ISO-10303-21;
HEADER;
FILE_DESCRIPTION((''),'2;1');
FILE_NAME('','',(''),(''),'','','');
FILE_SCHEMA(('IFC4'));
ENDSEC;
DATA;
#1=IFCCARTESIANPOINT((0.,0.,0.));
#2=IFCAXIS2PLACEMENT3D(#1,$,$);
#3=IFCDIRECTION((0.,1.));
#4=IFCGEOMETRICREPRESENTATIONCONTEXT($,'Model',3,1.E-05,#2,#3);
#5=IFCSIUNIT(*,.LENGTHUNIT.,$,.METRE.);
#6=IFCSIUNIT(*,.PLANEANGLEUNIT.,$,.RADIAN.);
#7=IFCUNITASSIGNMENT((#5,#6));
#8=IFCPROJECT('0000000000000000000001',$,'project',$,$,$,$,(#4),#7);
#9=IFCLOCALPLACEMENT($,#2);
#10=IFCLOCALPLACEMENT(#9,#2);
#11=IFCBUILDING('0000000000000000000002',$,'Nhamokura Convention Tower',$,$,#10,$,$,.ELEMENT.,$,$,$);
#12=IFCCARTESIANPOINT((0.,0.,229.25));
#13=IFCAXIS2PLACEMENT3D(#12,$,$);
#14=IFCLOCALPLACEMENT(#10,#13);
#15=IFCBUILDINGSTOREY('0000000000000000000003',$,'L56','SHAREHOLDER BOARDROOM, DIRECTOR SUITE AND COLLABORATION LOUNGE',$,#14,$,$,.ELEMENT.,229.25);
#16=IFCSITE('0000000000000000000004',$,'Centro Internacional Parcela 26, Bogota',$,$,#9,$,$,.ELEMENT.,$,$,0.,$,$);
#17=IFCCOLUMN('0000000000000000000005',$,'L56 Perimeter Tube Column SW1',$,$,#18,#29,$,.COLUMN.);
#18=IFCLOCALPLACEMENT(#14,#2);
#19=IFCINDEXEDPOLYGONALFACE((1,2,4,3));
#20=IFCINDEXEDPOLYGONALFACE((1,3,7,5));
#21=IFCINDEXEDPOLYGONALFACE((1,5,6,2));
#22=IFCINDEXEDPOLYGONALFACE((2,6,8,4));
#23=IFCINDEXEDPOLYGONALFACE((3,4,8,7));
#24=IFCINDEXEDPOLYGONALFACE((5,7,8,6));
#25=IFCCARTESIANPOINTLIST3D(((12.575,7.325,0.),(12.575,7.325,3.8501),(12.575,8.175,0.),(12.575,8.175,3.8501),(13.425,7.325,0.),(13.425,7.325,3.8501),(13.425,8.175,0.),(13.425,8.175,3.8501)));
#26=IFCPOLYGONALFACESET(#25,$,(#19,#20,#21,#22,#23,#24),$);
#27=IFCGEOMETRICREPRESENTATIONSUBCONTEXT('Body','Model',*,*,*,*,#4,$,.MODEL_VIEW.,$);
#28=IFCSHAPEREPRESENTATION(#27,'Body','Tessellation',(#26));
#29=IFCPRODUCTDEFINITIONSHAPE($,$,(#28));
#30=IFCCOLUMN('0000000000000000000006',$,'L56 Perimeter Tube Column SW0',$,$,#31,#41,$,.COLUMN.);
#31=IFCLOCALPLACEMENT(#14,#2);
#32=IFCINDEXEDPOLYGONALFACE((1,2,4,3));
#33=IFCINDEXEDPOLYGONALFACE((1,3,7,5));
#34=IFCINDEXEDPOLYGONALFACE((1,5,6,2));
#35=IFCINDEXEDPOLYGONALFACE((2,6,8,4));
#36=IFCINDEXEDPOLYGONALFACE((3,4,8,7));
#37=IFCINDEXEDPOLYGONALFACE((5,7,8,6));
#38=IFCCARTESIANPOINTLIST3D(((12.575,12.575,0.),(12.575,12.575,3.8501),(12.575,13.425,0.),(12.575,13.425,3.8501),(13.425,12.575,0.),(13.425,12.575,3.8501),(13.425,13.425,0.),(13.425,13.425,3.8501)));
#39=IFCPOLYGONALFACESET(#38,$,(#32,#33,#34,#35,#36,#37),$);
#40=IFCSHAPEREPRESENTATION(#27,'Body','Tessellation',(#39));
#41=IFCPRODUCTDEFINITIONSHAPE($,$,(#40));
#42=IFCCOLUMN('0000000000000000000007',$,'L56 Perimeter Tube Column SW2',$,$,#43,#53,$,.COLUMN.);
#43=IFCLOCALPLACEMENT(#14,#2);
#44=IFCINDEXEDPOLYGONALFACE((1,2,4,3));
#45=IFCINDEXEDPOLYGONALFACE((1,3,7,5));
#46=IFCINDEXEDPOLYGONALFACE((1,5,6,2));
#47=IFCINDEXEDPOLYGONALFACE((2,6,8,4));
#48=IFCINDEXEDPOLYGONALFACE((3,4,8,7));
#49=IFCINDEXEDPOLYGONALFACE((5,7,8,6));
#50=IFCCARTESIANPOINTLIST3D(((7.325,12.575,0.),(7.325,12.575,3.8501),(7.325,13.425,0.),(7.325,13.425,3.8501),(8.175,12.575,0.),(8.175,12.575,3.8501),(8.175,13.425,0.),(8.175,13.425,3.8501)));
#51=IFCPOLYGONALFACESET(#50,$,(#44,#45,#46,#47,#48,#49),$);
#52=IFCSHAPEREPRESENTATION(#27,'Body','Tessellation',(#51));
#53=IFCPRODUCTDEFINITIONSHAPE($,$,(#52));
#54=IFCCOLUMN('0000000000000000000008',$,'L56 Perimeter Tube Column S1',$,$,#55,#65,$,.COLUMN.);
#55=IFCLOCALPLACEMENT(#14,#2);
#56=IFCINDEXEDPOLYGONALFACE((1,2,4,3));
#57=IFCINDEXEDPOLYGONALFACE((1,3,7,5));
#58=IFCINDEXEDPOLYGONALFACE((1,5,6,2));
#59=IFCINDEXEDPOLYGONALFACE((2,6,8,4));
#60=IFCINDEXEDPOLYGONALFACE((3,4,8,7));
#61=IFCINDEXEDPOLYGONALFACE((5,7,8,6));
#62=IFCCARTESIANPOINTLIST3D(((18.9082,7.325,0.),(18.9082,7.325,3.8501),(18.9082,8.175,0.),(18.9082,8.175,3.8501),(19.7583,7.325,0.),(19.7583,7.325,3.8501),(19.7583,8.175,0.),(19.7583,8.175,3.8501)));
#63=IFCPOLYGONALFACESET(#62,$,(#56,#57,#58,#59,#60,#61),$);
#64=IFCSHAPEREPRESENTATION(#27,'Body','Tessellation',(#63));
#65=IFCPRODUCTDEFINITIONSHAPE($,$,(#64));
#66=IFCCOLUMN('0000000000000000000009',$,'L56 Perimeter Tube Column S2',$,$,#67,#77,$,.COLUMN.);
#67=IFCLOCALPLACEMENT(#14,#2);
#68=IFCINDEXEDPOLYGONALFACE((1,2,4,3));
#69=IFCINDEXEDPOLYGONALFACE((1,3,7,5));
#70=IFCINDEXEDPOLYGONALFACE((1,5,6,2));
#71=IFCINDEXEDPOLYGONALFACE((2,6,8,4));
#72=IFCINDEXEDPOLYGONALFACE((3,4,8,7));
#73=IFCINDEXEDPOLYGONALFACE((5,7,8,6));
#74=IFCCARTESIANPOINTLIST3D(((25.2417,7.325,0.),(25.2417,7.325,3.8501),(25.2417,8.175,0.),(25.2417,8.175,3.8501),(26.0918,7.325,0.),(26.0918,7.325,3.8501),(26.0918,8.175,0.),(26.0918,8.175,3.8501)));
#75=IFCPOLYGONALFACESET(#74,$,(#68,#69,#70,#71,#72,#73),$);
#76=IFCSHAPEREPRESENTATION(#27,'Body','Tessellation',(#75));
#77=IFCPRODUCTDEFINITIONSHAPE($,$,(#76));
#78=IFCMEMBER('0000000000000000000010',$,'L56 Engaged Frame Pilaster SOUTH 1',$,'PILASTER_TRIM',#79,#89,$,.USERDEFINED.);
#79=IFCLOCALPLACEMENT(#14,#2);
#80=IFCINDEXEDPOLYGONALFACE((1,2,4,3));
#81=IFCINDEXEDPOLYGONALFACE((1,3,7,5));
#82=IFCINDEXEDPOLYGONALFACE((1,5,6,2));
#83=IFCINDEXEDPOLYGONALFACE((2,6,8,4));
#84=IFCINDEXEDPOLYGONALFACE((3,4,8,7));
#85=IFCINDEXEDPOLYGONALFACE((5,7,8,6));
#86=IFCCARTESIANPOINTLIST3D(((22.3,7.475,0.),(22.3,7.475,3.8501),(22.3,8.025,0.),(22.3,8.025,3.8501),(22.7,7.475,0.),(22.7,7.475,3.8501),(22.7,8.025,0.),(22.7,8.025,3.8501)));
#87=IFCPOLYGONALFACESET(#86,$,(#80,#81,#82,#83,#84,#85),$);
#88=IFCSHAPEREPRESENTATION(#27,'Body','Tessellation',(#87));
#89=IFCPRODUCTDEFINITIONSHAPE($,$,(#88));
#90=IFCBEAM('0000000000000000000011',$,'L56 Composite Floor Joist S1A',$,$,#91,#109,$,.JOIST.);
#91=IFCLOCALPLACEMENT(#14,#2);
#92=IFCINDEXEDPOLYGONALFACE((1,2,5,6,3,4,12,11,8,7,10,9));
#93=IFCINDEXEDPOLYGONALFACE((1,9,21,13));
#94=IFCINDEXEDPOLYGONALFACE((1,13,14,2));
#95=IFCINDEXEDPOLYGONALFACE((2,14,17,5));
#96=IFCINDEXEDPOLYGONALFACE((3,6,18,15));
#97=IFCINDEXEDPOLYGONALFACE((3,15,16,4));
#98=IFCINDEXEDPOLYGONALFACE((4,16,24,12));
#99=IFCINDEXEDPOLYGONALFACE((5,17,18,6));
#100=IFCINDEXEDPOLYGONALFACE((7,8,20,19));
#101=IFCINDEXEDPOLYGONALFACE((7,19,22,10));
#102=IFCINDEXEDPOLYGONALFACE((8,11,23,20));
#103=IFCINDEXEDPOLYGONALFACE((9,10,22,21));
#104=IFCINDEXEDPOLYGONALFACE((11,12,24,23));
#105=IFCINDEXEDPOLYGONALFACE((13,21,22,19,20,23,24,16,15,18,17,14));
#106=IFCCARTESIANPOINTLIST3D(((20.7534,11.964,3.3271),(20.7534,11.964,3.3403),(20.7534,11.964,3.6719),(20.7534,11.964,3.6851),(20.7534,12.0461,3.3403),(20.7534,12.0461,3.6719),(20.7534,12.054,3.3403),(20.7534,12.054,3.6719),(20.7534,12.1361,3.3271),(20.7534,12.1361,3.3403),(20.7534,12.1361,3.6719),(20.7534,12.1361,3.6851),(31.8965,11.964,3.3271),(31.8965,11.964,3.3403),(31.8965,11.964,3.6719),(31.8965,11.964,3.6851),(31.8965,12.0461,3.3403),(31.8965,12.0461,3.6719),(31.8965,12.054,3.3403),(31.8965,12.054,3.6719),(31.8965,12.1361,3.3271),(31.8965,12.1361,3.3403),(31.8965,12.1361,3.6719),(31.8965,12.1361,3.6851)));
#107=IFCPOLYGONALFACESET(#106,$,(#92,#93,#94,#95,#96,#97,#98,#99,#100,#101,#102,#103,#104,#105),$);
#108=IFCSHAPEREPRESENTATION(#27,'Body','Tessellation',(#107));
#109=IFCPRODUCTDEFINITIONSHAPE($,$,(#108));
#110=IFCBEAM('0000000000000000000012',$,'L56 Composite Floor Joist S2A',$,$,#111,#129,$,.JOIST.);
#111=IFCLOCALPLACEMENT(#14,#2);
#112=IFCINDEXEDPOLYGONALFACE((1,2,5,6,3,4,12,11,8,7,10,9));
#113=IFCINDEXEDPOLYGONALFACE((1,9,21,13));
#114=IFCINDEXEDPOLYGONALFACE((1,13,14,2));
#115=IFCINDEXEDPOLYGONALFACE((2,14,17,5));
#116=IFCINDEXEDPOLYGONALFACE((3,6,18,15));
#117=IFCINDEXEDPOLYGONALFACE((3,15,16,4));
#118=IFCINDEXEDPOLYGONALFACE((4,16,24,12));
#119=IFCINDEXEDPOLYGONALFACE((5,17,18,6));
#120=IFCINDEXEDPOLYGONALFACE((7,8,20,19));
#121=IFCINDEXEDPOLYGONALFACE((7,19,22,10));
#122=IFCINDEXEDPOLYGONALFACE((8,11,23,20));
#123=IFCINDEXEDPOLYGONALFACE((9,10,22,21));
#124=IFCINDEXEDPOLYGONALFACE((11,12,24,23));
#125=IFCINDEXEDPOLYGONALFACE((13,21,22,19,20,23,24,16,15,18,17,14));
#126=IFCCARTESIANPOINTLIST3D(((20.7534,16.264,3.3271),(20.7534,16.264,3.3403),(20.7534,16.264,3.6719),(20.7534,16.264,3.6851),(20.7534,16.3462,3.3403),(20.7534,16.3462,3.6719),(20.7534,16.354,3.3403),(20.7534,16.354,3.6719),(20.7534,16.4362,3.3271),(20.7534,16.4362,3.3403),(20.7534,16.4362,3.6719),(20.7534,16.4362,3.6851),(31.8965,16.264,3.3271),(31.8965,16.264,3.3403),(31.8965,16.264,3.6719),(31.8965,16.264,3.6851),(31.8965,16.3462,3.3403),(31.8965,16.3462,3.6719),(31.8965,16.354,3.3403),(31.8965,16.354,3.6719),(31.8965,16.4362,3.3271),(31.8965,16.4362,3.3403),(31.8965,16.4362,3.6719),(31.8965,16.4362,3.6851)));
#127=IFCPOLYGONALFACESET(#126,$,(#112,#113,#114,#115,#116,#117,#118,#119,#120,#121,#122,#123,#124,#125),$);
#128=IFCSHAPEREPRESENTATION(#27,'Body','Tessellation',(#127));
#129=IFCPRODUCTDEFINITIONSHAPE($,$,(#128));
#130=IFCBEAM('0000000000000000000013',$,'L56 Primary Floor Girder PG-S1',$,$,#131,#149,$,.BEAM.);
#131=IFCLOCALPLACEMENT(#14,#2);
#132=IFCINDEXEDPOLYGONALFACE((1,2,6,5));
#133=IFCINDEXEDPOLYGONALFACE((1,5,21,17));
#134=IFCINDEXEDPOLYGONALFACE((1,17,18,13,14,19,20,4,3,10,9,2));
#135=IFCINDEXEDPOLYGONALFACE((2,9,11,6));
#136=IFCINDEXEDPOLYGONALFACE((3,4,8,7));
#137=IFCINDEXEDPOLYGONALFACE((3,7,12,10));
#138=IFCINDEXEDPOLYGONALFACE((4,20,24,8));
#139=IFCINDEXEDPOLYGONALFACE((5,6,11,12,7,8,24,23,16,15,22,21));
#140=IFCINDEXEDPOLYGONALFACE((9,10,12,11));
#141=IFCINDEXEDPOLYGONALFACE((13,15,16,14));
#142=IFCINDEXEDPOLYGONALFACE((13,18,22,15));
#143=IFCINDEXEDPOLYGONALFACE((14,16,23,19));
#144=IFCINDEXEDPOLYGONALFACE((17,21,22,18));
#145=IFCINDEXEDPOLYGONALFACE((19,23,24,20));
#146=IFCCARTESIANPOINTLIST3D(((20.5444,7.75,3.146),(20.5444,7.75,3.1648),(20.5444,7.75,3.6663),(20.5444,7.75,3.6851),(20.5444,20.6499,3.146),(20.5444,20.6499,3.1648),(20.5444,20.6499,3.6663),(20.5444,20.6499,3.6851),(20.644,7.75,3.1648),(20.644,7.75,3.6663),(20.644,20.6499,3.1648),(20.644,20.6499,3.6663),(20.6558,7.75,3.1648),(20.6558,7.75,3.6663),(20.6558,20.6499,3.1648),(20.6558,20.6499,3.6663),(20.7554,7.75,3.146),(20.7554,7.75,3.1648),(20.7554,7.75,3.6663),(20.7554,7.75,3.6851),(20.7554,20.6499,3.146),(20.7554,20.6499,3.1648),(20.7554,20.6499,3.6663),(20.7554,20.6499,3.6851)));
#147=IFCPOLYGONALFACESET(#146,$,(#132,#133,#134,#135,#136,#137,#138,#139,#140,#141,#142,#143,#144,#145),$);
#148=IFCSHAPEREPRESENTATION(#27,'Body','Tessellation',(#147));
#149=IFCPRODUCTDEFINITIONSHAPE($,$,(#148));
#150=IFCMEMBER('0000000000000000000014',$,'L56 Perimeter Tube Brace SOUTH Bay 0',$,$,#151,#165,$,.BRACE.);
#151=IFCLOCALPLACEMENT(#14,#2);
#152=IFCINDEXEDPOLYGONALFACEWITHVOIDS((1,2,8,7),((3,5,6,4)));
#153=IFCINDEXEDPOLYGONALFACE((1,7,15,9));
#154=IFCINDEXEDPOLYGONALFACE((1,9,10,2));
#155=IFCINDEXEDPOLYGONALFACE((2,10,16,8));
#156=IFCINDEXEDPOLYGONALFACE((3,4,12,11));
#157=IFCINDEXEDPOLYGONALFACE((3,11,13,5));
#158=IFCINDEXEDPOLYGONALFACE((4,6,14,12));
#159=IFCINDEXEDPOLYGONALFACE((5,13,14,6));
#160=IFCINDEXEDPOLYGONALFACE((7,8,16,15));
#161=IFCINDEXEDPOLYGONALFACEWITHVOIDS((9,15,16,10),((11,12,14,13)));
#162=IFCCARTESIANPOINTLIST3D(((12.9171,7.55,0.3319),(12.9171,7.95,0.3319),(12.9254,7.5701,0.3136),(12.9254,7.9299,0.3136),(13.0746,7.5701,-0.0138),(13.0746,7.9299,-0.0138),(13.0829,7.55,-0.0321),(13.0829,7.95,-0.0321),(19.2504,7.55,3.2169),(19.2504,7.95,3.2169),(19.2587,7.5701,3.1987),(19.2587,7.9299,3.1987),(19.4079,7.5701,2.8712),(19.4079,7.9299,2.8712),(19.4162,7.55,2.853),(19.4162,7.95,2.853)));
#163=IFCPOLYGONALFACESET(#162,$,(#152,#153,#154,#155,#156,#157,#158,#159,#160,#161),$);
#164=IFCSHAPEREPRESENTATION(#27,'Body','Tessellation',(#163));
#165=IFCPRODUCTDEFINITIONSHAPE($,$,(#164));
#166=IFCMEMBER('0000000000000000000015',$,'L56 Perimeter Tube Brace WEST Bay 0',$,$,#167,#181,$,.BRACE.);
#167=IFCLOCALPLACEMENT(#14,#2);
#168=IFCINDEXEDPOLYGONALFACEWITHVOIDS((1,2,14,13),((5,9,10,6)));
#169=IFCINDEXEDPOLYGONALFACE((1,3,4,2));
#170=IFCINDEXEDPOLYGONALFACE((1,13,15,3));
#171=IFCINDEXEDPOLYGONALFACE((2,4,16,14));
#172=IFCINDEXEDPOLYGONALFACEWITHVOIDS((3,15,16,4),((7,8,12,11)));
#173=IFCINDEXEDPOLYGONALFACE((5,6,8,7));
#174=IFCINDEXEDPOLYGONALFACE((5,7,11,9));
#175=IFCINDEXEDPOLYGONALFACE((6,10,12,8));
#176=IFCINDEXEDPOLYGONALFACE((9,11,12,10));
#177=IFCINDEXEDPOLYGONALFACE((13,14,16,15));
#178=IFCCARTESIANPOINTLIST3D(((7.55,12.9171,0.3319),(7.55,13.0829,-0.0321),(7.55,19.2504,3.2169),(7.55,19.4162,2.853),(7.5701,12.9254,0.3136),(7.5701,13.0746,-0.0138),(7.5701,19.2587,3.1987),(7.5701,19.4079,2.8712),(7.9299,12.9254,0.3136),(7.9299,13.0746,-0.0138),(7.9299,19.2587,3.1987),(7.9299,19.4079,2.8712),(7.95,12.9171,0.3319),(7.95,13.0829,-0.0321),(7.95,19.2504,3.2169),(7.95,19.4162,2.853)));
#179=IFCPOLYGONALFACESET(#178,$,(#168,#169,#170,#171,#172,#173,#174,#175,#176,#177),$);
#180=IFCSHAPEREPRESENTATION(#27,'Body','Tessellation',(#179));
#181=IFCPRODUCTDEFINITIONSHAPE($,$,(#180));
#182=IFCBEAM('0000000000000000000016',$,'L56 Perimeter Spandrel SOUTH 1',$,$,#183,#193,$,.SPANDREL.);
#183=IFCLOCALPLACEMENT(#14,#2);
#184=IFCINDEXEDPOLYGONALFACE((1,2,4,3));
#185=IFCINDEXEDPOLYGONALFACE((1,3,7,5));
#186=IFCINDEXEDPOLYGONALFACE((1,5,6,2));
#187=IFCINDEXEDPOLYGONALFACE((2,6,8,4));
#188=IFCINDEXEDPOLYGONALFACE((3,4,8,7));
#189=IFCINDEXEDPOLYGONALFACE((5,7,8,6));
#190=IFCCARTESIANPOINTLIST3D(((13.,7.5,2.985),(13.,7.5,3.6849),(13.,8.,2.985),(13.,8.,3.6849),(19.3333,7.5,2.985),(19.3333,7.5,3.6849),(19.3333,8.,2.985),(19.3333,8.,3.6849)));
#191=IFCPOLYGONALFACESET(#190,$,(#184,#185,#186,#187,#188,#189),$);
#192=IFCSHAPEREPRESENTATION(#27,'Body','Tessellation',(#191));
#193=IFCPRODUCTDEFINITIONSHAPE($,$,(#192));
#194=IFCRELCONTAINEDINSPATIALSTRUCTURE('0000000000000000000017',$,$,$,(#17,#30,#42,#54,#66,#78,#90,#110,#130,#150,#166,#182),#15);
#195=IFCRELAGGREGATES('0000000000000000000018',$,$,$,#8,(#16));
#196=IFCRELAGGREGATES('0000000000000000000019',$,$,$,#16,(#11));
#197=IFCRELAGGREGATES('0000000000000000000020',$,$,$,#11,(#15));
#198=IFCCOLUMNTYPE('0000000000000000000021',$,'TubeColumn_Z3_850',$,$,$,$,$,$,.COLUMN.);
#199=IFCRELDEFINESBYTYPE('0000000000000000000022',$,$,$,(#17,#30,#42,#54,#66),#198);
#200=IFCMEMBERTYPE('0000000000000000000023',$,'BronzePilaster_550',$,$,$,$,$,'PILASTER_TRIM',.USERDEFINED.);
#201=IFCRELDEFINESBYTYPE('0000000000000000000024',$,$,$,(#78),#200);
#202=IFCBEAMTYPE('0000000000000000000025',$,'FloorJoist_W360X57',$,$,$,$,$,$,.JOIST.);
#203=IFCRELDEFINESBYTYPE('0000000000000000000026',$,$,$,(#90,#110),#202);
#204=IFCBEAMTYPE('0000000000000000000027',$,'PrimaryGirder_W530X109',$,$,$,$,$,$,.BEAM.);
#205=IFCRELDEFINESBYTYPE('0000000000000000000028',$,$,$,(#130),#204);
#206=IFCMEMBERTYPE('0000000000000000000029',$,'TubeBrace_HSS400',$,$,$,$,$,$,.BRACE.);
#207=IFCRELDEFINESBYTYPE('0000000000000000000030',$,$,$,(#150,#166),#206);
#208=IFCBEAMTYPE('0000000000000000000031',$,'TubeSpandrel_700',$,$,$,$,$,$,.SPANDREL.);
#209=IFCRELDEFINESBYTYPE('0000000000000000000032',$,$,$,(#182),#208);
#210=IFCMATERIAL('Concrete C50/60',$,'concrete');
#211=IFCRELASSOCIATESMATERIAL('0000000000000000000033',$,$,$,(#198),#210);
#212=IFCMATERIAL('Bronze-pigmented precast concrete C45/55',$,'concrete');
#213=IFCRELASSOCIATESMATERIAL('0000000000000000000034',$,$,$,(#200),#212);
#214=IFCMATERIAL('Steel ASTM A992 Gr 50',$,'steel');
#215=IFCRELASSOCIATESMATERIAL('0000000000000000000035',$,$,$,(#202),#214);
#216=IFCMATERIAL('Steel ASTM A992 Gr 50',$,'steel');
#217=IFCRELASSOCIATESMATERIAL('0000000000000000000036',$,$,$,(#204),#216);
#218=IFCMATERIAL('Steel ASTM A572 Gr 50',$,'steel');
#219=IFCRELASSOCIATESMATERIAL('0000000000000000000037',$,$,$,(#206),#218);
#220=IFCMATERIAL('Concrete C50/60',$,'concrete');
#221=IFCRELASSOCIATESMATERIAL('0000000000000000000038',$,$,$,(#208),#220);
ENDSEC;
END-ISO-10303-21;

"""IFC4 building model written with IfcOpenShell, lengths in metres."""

from ifc_helpers import new_model, si_unit, direction, frame, origin, origin_2d, place, context, subcontext, project, spatial, rectangle, hollow_rectangle, i_section, extrude, material, material_profile, profile_set, type_object, element, save


model = new_model("IFC4")

# Units and contexts
model_context = context("Model", 3, precision=1e-05, world=origin(), true_north=direction((0.0, 1.0)))
body_context = subcontext(model_context, "Body", "Model", "MODEL_VIEW")
ifc_project = project(units=[si_unit("LENGTHUNIT", "METRE"), si_unit("PLANEANGLEUNIT", "RADIAN")], contexts=[model_context])

# Site, building, storey
site_placement = place(None, origin())
site = spatial("IfcSite", under=ifc_project, at=site_placement, Name="Centro Internacional Parcela 26, Bogota", CompositionType="ELEMENT", RefElevation=0.0)
building_placement = place(site_placement, origin())
building = spatial("IfcBuilding", under=site, at=building_placement, Name="Nhamokura Convention Tower", CompositionType="ELEMENT")
storey_placement = place(building_placement, frame((0.0, 0.0, 229.25)))
storey = spatial("IfcBuildingStorey", under=building, at=storey_placement, Name="L56", Description="SHAREHOLDER BOARDROOM, DIRECTOR SUITE AND COLLABORATION LOUNGE", CompositionType="ELEMENT", Elevation=229.25)

# Columns
ifc_material_1 = material(Name="Concrete C50/60", Category="concrete")
ifc_material_profile_1 = material_profile(ifc_material_1, rectangle(XDim=0.8501, YDim=0.8501, at=origin_2d()))
ifc_profile_set_1 = profile_set([ifc_material_profile_1], Name="Concrete C50/60")
column_type = type_object("IfcColumnType", Name="TubeColumn_Z3_850", PredefinedType="COLUMN", material=ifc_profile_set_1)
for number, where, z_axis, x_axis, name in (
    (1, (13.0, 7.75, 0.0), (0.0, 0.0, 1.0), (1.0, 0.0, 0.0), "L56 Perimeter Tube Column SW1"),
    (2, (13.0, 13.0, 0.0), (0.0, 0.0, 1.0), (1.0, 0.0, 0.0), "L56 Perimeter Tube Column SW0"),
    (3, (7.75, 13.0, 0.0), (0.0, 0.0, 1.0), (1.0, 0.0, 0.0), "L56 Perimeter Tube Column SW2"),
    (4, (19.3333, 7.75, 0.0), (0.0, 0.0, 1.0), (1.0, 0.0, 0.0), "L56 Perimeter Tube Column S1"),
    (5, (25.6667, 7.75, 0.0), (0.0, 0.0, 1.0), (1.0, 0.0, 0.0), "L56 Perimeter Tube Column S2"),
):
    element("IfcColumn", number, at=place(storey_placement, frame(where, z_axis=z_axis, x_axis=x_axis)), inside=storey, type_object=column_type, Name=name, PredefinedType="COLUMN", context=body_context, shape_type="SweptSolid", body=[
        extrude(rectangle(XDim=0.8501, YDim=0.8501, at=origin_2d()), origin(), (0.0, 0.0, 1.0), 3.8501),
    ])

# Member
ifc_material_2 = material(Name="Bronze-pigmented precast concrete C45/55", Category="concrete")
ifc_material_profile_2 = material_profile(ifc_material_2, rectangle(XDim=0.3999, YDim=0.55, at=origin_2d()))
ifc_profile_set_2 = profile_set([ifc_material_profile_2], Name="Bronze-pigmented precast concrete C45/55")
member_type_1 = type_object("IfcMemberType", Name="BronzePilaster_550", ElementType="PILASTER_TRIM", PredefinedType="USERDEFINED", material=ifc_profile_set_2)
member_placement = place(storey_placement, frame((22.5, 7.75, 0.0), z_axis=(0.0, 0.0, 1.0), x_axis=(1.0, 0.0, 0.0)))
element("IfcMember", 6, at=member_placement, inside=storey, type_object=member_type_1, Name="L56 Engaged Frame Pilaster SOUTH 1", ObjectType="PILASTER_TRIM", PredefinedType="USERDEFINED", context=body_context, shape_type="SweptSolid", body=[
    extrude(rectangle(XDim=0.3999, YDim=0.55, at=origin_2d()), origin(), (0.0, 0.0, 1.0), 3.8501),
])

# Beams
ifc_material_3 = material(Name="Steel ASTM A992 Gr 50", Category="steel")
ifc_material_profile_3 = material_profile(ifc_material_3, i_section(OverallWidth=0.1721, OverallDepth=0.3579, WebThickness=0.0078, FlangeThickness=0.0132, at=origin_2d()))
ifc_profile_set_3 = profile_set([ifc_material_profile_3], Name="Steel ASTM A992 Gr 50")
beam_type_1 = type_object("IfcBeamType", Name="FloorJoist_W360X57", PredefinedType="JOIST", material=ifc_profile_set_3)
for number, where, z_axis, x_axis, name in (
    (7, (20.7534, 12.05, 3.5061), (1.0, 0.0, 0.0), (0.0, 1.0, 0.0), "L56 Composite Floor Joist S1A"),
    (8, (20.7534, 16.3501, 3.5061), (1.0, 0.0, 0.0), (0.0, 1.0, 0.0), "L56 Composite Floor Joist S2A"),
):
    element("IfcBeam", number, at=place(storey_placement, frame(where, z_axis=z_axis, x_axis=x_axis)), inside=storey, type_object=beam_type_1, Name=name, PredefinedType="JOIST", context=body_context, shape_type="SweptSolid", body=[
        extrude(i_section(OverallWidth=0.1721, OverallDepth=0.3579, WebThickness=0.0078, FlangeThickness=0.0132, at=origin_2d()), origin(), (0.0, 0.0, 1.0), 11.1431),
    ])
ifc_material_4 = material(Name="Steel ASTM A992 Gr 50", Category="steel")
ifc_material_profile_4 = material_profile(ifc_material_4, i_section(OverallWidth=0.2109, OverallDepth=0.5391, WebThickness=0.0117, FlangeThickness=0.0188, at=origin_2d()))
ifc_profile_set_4 = profile_set([ifc_material_profile_4], Name="Steel ASTM A992 Gr 50")
beam_type_2 = type_object("IfcBeamType", Name="PrimaryGirder_W530X109", PredefinedType="BEAM", material=ifc_profile_set_4)
beam_1_placement = place(storey_placement, frame((20.6499, 7.75, 3.4155), z_axis=(0.0, 1.0, 0.0), x_axis=(-1.0, 0.0, 0.0)))
element("IfcBeam", 9, at=beam_1_placement, inside=storey, type_object=beam_type_2, Name="L56 Primary Floor Girder PG-S1", PredefinedType="BEAM", context=body_context, shape_type="SweptSolid", body=[
    extrude(i_section(OverallWidth=0.2109, OverallDepth=0.5391, WebThickness=0.0117, FlangeThickness=0.0188, at=origin_2d()), origin(), (0.0, 0.0, 1.0), 12.8999),
])

# Members
ifc_material_5 = material(Name="Steel ASTM A572 Gr 50", Category="steel")
ifc_material_profile_5 = material_profile(ifc_material_5, hollow_rectangle(XDim=0.3999, YDim=0.3999, WallThickness=0.02, at=origin_2d()))
ifc_profile_set_5 = profile_set([ifc_material_profile_5], Name="Steel ASTM A572 Gr 50")
member_type_2 = type_object("IfcMemberType", Name="TubeBrace_HSS400", PredefinedType="BRACE", material=ifc_profile_set_5)
for number, where, z_axis, x_axis, name in (
    (10, (13.0, 7.75, 0.1499), (0.910027, 0.0, 0.414548), (0.0, 1.0, 0.0), "L56 Perimeter Tube Brace SOUTH Bay 0"),
    (11, (7.75, 13.0, 0.1499), (0.0, 0.910027, 0.414548), (-1.0, 0.0, 0.0), "L56 Perimeter Tube Brace WEST Bay 0"),
):
    element("IfcMember", number, at=place(storey_placement, frame(where, z_axis=z_axis, x_axis=x_axis)), inside=storey, type_object=member_type_2, Name=name, PredefinedType="BRACE", context=body_context, shape_type="SweptSolid", body=[
        extrude(hollow_rectangle(XDim=0.3999, YDim=0.3999, WallThickness=0.02, at=origin_2d()), origin(), (0.0, 0.0, 1.0), 6.9595),
    ])

# Beam
ifc_material_6 = material(Name="Concrete C50/60", Category="concrete")
ifc_material_profile_6 = material_profile(ifc_material_6, rectangle(XDim=0.5, YDim=0.7, at=origin_2d()))
ifc_profile_set_6 = profile_set([ifc_material_profile_6], Name="Concrete C50/60")
beam_type_3 = type_object("IfcBeamType", Name="TubeSpandrel_700", PredefinedType="SPANDREL", material=ifc_profile_set_6)
beam_2_placement = place(storey_placement, frame((13.0, 7.75, 3.335), z_axis=(1.0, 0.0, 0.0), x_axis=(0.0, 1.0, 0.0)))
element("IfcBeam", 12, at=beam_2_placement, inside=storey, type_object=beam_type_3, Name="L56 Perimeter Spandrel SOUTH 1", PredefinedType="SPANDREL", context=body_context, shape_type="SweptSolid", body=[
    extrude(rectangle(XDim=0.5, YDim=0.7, at=origin_2d()), origin(), (0.0, 0.0, 1.0), 6.3333),
])

save(model, "model.ifc")
